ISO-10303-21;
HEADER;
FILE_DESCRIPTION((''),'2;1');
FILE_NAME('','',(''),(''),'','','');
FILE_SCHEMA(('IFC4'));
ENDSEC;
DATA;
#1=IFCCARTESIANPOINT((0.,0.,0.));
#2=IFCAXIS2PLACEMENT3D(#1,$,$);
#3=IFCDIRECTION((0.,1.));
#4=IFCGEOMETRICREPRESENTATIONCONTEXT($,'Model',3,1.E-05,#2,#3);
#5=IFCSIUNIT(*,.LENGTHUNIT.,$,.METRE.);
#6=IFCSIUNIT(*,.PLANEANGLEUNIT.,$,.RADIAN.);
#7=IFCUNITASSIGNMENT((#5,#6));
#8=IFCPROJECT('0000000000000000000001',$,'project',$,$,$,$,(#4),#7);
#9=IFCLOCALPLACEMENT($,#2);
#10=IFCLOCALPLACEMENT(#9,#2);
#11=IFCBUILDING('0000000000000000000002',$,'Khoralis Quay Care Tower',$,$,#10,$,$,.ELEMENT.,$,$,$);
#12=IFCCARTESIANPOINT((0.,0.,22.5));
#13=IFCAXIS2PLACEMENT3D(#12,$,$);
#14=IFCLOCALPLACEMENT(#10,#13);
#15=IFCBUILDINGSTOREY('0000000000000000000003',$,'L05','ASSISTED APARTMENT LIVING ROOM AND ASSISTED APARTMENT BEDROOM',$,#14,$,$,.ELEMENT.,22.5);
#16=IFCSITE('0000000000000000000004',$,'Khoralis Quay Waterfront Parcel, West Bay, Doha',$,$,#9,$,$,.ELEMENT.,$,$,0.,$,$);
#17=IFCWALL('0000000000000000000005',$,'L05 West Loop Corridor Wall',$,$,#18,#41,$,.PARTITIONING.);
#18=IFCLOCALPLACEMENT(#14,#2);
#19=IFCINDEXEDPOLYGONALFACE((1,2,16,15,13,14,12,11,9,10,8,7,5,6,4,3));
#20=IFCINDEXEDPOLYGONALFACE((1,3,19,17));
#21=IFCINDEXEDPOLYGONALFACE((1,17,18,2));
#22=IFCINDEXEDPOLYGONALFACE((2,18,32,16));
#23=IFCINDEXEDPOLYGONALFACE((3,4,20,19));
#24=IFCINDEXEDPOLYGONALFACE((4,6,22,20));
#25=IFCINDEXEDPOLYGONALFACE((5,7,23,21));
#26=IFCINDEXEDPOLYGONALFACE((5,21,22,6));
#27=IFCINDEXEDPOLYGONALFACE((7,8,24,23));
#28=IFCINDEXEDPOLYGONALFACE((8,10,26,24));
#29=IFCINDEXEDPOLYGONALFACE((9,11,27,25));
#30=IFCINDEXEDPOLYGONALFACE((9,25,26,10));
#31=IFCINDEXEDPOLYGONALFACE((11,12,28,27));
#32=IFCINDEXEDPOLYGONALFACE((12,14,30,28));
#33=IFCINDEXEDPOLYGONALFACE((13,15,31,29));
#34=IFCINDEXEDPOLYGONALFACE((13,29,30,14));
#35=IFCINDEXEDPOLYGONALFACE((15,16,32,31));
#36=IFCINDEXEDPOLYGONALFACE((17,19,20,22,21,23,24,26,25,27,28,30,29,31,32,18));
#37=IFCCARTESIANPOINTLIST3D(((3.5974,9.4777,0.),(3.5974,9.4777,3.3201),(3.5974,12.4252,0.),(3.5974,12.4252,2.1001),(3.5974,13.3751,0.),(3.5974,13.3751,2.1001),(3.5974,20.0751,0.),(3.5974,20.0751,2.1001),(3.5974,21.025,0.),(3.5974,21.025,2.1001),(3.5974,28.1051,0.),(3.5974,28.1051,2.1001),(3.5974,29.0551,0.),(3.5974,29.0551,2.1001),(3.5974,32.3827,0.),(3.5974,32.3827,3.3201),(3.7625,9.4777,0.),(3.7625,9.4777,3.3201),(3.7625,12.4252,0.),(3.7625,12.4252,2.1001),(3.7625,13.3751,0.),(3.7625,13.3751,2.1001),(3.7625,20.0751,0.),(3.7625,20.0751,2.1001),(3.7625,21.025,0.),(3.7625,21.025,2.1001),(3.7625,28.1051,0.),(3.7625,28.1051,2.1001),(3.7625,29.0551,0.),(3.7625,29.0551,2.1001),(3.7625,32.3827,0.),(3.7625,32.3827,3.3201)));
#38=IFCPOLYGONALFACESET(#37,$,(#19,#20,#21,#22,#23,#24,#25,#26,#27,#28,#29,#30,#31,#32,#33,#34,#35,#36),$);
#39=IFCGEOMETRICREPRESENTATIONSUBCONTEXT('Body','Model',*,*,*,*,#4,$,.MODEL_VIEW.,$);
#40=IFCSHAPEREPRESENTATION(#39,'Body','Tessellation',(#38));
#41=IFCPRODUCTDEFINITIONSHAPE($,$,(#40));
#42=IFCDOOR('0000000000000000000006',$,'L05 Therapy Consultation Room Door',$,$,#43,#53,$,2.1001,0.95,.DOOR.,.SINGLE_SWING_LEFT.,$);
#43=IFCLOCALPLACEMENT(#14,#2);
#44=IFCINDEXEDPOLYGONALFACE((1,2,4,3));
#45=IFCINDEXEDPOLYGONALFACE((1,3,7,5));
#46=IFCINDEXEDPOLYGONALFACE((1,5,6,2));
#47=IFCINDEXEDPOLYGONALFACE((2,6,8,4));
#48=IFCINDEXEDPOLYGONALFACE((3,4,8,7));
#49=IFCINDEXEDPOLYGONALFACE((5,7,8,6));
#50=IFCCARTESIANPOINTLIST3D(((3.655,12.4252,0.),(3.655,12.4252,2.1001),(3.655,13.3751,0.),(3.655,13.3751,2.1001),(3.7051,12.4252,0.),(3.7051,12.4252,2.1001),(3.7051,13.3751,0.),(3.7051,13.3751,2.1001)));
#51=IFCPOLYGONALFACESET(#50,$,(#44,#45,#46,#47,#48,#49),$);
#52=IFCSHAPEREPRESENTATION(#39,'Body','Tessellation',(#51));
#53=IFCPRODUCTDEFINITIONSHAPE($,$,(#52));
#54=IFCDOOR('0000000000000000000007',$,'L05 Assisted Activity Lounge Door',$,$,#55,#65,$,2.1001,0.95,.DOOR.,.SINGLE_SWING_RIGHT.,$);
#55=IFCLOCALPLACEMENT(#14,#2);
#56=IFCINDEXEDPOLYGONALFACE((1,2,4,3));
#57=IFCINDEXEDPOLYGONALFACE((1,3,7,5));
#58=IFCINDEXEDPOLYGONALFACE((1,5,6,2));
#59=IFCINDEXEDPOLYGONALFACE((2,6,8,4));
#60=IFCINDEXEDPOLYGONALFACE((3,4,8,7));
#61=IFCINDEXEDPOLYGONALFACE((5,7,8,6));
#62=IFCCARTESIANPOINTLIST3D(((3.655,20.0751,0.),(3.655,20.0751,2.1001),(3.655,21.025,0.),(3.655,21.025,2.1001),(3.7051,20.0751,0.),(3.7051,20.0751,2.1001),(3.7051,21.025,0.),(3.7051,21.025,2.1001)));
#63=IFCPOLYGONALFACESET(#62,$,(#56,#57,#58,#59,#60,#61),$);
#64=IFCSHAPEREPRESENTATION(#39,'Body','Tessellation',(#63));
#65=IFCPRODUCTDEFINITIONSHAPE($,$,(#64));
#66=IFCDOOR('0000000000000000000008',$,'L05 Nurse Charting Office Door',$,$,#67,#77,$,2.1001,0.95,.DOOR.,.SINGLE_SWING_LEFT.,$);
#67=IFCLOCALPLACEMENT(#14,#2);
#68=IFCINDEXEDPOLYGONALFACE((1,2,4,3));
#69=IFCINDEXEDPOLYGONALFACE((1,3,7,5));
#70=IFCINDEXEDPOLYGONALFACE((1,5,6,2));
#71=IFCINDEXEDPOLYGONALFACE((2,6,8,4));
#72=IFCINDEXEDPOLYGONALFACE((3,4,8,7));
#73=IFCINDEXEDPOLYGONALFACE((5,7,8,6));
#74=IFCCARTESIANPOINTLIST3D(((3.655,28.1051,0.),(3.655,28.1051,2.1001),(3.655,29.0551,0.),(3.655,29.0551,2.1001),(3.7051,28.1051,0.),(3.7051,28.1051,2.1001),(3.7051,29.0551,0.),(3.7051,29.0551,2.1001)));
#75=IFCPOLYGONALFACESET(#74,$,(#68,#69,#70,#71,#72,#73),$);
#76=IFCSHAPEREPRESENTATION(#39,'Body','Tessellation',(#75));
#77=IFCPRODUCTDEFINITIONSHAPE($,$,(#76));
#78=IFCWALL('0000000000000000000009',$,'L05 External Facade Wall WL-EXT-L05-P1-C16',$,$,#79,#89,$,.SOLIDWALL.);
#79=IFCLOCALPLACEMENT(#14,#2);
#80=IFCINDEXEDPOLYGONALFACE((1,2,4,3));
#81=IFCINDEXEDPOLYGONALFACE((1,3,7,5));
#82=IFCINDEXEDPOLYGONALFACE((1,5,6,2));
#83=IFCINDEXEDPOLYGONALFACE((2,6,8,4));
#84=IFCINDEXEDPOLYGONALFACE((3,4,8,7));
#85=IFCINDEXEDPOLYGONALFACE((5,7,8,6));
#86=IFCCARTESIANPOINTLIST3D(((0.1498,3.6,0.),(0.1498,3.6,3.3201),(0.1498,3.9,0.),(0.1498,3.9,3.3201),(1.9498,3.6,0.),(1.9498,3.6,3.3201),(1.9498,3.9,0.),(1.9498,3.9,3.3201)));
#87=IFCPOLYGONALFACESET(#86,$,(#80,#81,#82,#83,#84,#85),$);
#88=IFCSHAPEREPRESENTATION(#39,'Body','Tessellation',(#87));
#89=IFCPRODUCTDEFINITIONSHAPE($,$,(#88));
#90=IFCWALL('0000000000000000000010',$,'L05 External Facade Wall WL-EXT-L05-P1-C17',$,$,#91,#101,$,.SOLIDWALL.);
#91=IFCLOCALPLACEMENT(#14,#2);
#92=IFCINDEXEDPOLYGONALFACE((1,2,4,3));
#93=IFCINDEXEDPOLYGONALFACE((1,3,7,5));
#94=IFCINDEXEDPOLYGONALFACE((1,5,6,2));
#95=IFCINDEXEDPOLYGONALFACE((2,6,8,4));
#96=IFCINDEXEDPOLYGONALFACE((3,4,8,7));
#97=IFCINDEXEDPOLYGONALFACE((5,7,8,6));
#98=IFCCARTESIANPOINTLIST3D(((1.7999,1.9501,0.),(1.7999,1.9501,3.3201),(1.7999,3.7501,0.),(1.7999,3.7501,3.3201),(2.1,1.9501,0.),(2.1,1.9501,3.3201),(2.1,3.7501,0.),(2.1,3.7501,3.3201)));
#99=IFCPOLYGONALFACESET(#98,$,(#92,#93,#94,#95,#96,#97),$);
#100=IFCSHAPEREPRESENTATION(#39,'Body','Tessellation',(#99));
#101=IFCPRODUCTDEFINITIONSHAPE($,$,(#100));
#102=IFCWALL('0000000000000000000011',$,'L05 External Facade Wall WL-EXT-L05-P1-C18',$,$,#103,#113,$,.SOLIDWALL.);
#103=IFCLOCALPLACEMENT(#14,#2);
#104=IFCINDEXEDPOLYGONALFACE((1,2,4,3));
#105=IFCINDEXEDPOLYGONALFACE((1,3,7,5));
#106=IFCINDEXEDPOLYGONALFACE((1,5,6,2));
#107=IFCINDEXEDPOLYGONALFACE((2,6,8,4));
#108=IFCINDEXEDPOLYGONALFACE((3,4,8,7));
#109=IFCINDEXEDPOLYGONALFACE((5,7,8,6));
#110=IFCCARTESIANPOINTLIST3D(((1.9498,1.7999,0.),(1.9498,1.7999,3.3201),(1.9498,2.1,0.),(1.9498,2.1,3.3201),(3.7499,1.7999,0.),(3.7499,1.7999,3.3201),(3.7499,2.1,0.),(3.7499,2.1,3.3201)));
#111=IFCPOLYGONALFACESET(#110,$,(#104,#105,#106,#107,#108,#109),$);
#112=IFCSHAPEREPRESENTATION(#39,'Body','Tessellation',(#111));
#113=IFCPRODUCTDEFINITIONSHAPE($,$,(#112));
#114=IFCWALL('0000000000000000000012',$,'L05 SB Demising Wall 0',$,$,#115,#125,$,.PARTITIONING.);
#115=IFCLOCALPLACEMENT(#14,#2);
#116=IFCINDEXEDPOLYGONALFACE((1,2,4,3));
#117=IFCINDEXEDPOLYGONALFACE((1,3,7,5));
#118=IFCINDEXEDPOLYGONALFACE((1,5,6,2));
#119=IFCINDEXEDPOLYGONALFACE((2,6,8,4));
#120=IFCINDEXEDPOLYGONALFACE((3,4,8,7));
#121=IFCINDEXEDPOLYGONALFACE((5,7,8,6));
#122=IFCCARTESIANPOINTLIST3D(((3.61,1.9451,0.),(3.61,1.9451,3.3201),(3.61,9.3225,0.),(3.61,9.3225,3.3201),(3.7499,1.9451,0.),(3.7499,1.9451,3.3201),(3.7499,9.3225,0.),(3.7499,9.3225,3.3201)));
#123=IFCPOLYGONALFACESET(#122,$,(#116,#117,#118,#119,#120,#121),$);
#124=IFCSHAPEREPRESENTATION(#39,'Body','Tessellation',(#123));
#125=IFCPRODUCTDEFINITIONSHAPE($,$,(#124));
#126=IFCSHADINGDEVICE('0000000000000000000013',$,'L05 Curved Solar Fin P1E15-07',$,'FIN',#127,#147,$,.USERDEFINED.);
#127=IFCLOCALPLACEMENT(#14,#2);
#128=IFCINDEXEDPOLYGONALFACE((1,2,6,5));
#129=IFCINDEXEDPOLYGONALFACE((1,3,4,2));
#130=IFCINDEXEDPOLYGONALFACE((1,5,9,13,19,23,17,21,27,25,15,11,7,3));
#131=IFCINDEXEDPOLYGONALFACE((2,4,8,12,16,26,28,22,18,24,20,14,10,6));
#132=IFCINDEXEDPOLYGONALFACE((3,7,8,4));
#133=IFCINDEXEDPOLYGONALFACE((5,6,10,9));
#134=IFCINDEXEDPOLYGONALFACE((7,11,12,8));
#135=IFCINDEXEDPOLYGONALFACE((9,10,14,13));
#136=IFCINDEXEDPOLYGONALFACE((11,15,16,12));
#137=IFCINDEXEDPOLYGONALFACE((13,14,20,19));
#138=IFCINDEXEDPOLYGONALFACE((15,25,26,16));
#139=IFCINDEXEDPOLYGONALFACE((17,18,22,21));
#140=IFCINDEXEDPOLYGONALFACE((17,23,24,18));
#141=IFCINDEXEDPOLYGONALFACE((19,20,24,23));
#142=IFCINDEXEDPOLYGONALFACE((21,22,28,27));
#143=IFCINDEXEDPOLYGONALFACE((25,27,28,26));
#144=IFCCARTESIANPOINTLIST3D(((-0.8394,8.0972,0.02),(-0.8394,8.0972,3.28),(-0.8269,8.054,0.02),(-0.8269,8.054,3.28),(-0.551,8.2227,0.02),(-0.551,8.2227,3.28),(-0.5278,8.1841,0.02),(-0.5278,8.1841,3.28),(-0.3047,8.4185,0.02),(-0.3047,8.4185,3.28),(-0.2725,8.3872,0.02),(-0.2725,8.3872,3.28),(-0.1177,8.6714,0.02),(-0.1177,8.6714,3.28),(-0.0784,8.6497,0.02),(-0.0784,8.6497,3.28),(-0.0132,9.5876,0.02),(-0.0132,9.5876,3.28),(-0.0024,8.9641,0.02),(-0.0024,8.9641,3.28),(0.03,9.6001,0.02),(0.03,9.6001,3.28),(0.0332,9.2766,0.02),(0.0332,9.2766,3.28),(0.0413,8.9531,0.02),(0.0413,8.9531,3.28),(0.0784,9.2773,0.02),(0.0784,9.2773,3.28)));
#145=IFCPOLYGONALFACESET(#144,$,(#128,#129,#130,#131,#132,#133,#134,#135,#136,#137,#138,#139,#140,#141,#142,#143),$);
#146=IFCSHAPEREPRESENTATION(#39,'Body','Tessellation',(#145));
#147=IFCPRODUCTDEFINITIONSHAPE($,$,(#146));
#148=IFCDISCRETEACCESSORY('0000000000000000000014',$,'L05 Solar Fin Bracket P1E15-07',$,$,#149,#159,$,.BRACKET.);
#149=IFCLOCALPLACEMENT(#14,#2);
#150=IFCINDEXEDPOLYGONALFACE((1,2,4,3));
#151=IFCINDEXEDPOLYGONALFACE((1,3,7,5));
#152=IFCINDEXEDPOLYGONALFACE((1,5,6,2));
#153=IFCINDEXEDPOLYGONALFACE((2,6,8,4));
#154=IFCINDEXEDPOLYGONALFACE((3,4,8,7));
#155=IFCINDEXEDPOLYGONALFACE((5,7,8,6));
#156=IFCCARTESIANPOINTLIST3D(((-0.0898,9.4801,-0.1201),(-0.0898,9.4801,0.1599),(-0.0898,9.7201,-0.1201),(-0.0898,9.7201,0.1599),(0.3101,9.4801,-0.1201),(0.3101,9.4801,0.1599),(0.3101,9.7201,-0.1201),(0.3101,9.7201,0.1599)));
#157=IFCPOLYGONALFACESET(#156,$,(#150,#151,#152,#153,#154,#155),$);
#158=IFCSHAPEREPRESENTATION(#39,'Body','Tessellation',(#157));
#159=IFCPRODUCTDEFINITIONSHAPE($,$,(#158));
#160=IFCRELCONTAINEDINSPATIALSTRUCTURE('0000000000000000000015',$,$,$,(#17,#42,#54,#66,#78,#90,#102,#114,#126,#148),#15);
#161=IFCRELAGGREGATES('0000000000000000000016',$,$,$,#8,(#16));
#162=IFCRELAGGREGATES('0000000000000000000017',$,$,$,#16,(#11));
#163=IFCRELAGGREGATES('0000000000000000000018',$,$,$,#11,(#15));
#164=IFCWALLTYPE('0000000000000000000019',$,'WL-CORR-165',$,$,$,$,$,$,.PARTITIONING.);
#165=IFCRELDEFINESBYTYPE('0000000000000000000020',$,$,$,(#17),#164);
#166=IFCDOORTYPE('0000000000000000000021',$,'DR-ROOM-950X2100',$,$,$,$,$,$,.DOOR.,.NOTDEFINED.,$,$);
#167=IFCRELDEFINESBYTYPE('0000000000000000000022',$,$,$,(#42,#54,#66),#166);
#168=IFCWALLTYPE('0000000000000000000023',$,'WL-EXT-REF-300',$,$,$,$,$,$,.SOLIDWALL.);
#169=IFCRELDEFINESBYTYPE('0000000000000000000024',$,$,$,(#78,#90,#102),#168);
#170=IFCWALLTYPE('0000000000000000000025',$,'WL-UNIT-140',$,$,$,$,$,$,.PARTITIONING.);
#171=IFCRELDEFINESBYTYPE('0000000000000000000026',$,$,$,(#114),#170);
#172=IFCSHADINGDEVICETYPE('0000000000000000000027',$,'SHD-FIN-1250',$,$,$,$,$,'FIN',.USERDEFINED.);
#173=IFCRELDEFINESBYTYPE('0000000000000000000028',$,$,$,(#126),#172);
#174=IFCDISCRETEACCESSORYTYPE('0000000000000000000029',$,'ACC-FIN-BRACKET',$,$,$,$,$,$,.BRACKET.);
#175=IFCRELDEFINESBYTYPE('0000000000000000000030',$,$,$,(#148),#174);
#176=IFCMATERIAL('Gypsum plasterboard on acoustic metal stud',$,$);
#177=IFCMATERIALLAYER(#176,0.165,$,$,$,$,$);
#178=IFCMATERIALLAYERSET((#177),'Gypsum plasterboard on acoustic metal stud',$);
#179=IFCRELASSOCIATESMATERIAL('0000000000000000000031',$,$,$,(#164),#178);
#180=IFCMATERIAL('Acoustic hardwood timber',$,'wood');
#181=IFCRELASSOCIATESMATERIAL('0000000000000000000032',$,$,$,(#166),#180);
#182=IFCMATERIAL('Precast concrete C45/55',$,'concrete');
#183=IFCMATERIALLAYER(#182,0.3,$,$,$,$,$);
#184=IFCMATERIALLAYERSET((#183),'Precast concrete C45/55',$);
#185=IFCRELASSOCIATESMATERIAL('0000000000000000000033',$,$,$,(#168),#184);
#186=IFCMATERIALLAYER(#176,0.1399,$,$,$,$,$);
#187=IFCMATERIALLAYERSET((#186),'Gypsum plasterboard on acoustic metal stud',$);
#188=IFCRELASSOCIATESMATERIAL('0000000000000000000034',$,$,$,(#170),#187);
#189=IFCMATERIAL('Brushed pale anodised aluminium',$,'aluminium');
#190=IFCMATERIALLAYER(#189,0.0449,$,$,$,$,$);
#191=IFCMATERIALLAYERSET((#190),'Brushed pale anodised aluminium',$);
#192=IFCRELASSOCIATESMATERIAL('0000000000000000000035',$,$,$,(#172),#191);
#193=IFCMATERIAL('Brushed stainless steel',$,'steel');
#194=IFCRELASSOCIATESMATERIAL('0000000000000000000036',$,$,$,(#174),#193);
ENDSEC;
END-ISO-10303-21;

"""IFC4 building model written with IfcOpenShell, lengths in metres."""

from ifc_helpers import new_model, si_unit, direction, frame, frame_2d, origin, origin_2d, place, context, subcontext, project, spatial, polyline, rectangle, outline, extrude, source, transform, mapped, material, layer, layer_set, type_object, element, fill, save


model = new_model("IFC4")

# Units and contexts
model_context = context("Model", 3, precision=1e-05, world=origin(), true_north=direction((0.0, 1.0)))
body_context = subcontext(model_context, "Body", "Model", "MODEL_VIEW")
ifc_project = project(units=[si_unit("LENGTHUNIT", "METRE"), si_unit("PLANEANGLEUNIT", "RADIAN")], contexts=[model_context])

# Site, building, storey
site_placement = place(None, origin())
site = spatial("IfcSite", under=ifc_project, at=site_placement, Name="Khoralis Quay Waterfront Parcel, West Bay, Doha", CompositionType="ELEMENT", RefElevation=0.0)
building_placement = place(site_placement, origin())
building = spatial("IfcBuilding", under=site, at=building_placement, Name="Khoralis Quay Care Tower", CompositionType="ELEMENT")
storey_placement = place(building_placement, frame((0.0, 0.0, 22.5)))
storey = spatial("IfcBuildingStorey", under=building, at=storey_placement, Name="L05", Description="ASSISTED APARTMENT LIVING ROOM AND ASSISTED APARTMENT BEDROOM", CompositionType="ELEMENT", Elevation=22.5)

# Wall, openings, doors
ifc_material_1 = material(Name="Gypsum plasterboard on acoustic metal stud")
ifc_layer_1 = layer(ifc_material_1, 0.165)
ifc_layer_set_1 = layer_set([ifc_layer_1], Name="Gypsum plasterboard on acoustic metal stud")
wall_type_1 = type_object("IfcWallType", Name="WL-CORR-165", PredefinedType="PARTITIONING", material=ifc_layer_set_1)
ifc_material_2 = material(Name="Acoustic hardwood timber", Category="wood")
door_type_1 = type_object("IfcDoorType", Name="DR-ROOM-950X2100", OperationType="NOTDEFINED", PredefinedType="DOOR", material=ifc_material_2)
shared_shape_1 = source(origin(), body_context, "Body", "SweptSolid", [
    extrude(rectangle(XDim=0.95, YDim=2.1001, at=frame_2d((0.4751, 1.05))), frame((0.0, 0.0249, 0.0), z_axis=(0.0, -1.0, 0.0), x_axis=(1.0, 0.0, 0.0)), (0.0, 0.0, 1.0), 0.05),
])
wall_1_placement = place(storey_placement, frame((3.6799, 9.4775, 0.0), z_axis=(0.0, 0.0, 1.0), x_axis=(0.0, 1.0, 0.0)))
wall_1 = element("IfcWall", 1, at=wall_1_placement, inside=storey, type_object=wall_type_1, Name="L05 West Loop Corridor Wall", PredefinedType="PARTITIONING", context=body_context, shape_type="SweptSolid", body=[
    extrude(rectangle(XDim=22.905, YDim=0.165, at=frame_2d((11.4526, 0.0))), origin(), (0.0, 0.0, 1.0), 3.3201),
])
opening_1_placement = place(wall_1_placement, frame((2.9475, 0.0, 0.0)))
opening_1 = element("IfcOpeningElement", 2, at=opening_1_placement, cuts=wall_1, PredefinedType="OPENING", context=body_context, shape_type="SweptSolid", body=[
    extrude(rectangle(XDim=0.95, YDim=2.1001, at=frame_2d((0.4751, 1.05))), frame((0.0, 0.0925, 0.0), z_axis=(0.0, -1.0, 0.0), x_axis=(1.0, 0.0, 0.0)), (0.0, 0.0, 1.0), 0.1851),
])
opening_2_placement = place(wall_1_placement, frame((10.5974, 0.0, 0.0)))
opening_2 = element("IfcOpeningElement", 3, at=opening_2_placement, cuts=wall_1, PredefinedType="OPENING", context=body_context, shape_type="SweptSolid", body=[
    extrude(rectangle(XDim=0.95, YDim=2.1001, at=frame_2d((0.4751, 1.05))), frame((0.0, 0.0925, 0.0), z_axis=(0.0, -1.0, 0.0), x_axis=(1.0, 0.0, 0.0)), (0.0, 0.0, 1.0), 0.1851),
])
opening_3_placement = place(wall_1_placement, frame((18.6274, 0.0, 0.0)))
opening_3 = element("IfcOpeningElement", 4, at=opening_3_placement, cuts=wall_1, PredefinedType="OPENING", context=body_context, shape_type="SweptSolid", body=[
    extrude(rectangle(XDim=0.95, YDim=2.1001, at=frame_2d((0.4751, 1.05))), frame((0.0, 0.0925, 0.0), z_axis=(0.0, -1.0, 0.0), x_axis=(1.0, 0.0, 0.0)), (0.0, 0.0, 1.0), 0.1851),
])
door_1_placement = place(opening_1_placement, origin())
door_1 = element("IfcDoor", 5, at=door_1_placement, inside=storey, type_object=door_type_1, Name="L05 Therapy Consultation Room Door", OperationType="SINGLE_SWING_LEFT", OverallHeight=2.1001, OverallWidth=0.95, PredefinedType="DOOR", context=body_context, shape_type="MappedRepresentation", body=[
    mapped(shared_shape_1, transform((0.0, 0.0, 0.0), scale=1.0)),
])
fill(opening_1, door_1)
door_2_placement = place(opening_2_placement, origin())
door_2 = element("IfcDoor", 6, at=door_2_placement, inside=storey, type_object=door_type_1, Name="L05 Assisted Activity Lounge Door", OperationType="SINGLE_SWING_RIGHT", OverallHeight=2.1001, OverallWidth=0.95, PredefinedType="DOOR", context=body_context, shape_type="MappedRepresentation", body=[
    mapped(shared_shape_1, transform((0.0, 0.0, 0.0), scale=1.0)),
])
fill(opening_2, door_2)
door_3_placement = place(opening_3_placement, origin())
door_3 = element("IfcDoor", 7, at=door_3_placement, inside=storey, type_object=door_type_1, Name="L05 Nurse Charting Office Door", OperationType="SINGLE_SWING_LEFT", OverallHeight=2.1001, OverallWidth=0.95, PredefinedType="DOOR", context=body_context, shape_type="MappedRepresentation", body=[
    mapped(shared_shape_1, transform((0.0, 0.0, 0.0), scale=1.0)),
])
fill(opening_3, door_3)

# Walls
ifc_material_3 = material(Name="Precast concrete C45/55", Category="concrete")
ifc_layer_2 = layer(ifc_material_3, 0.3)
ifc_layer_set_2 = layer_set([ifc_layer_2], Name="Precast concrete C45/55")
wall_type_2 = type_object("IfcWallType", Name="WL-EXT-REF-300", PredefinedType="SOLIDWALL", material=ifc_layer_set_2)
for number, where, z_axis, x_axis, name in (
    (8, (0.1499, 3.75, 0.0), (0.0, 0.0, 1.0), (1.0, 0.0, 0.0), "L05 External Facade Wall WL-EXT-L05-P1-C16"),
    (9, (1.95, 3.75, 0.0), (0.0, 0.0, 1.0), (0.0, -1.0, 0.0), "L05 External Facade Wall WL-EXT-L05-P1-C17"),
    (10, (1.95, 1.95, 0.0), (0.0, 0.0, 1.0), (1.0, 0.0, 0.0), "L05 External Facade Wall WL-EXT-L05-P1-C18"),
):
    element("IfcWall", number, at=place(storey_placement, frame(where, z_axis=z_axis, x_axis=x_axis)), inside=storey, type_object=wall_type_2, Name=name, PredefinedType="SOLIDWALL", context=body_context, shape_type="SweptSolid", body=[
        extrude(rectangle(XDim=1.8, YDim=0.3, at=frame_2d((0.8999, 0.0))), origin(), (0.0, 0.0, 1.0), 3.3201),
    ])
ifc_layer_3 = layer(ifc_material_1, 0.1399)
ifc_layer_set_3 = layer_set([ifc_layer_3], Name="Gypsum plasterboard on acoustic metal stud")
wall_type_3 = type_object("IfcWallType", Name="WL-UNIT-140", PredefinedType="PARTITIONING", material=ifc_layer_set_3)
wall_2_placement = place(storey_placement, frame((3.6799, 1.9451, 0.0), z_axis=(0.0, 0.0, 1.0), x_axis=(0.0, 1.0, 0.0)))
element("IfcWall", 11, at=wall_2_placement, inside=storey, type_object=wall_type_3, Name="L05 SB Demising Wall 0", PredefinedType="PARTITIONING", context=body_context, shape_type="SweptSolid", body=[
    extrude(rectangle(XDim=7.3774, YDim=0.1399, at=frame_2d((3.6887, 0.0))), origin(), (0.0, 0.0, 1.0), 3.3201),
])

# Shading device
ifc_material_4 = material(Name="Brushed pale anodised aluminium", Category="aluminium")
ifc_layer_4 = layer(ifc_material_4, 0.0449)
ifc_layer_set_4 = layer_set([ifc_layer_4], Name="Brushed pale anodised aluminium")
shading_device_type = type_object("IfcShadingDeviceType", Name="SHD-FIN-1250", ElementType="FIN", PredefinedType="USERDEFINED", material=ifc_layer_set_4)
shared_shape_2 = source(origin(), body_context, "Body", "SweptSolid", [
    extrude(outline(polyline([(0.0, 0.0), (-0.0483, 0.3228), (-0.0112, 0.647), (0.1084, 0.9504), (0.3025, 1.2129), (0.5579, 1.416), (0.8569, 1.5461), (0.8694, 1.5029), (0.5811, 1.3774), (0.3347, 1.1816), (0.1477, 0.9287), (0.0325, 0.636), (-0.0032, 0.3235), (0.0432, 0.0125), (0.0, 0.0)])), origin(), (0.0, 0.0, 1.0), 3.26),
])
shading_device_placement = place(storey_placement, frame((0.03, 9.6001, 0.02), z_axis=(0.0, 0.0, 1.0), x_axis=(-1.0, 0.0, 0.0)))
element("IfcShadingDevice", 12, at=shading_device_placement, inside=storey, type_object=shading_device_type, Name="L05 Curved Solar Fin P1E15-07", ObjectType="FIN", PredefinedType="USERDEFINED", context=body_context, shape_type="MappedRepresentation", body=[
    mapped(shared_shape_2, transform((0.0, 0.0, 0.0), scale=1.0)),
])

# Discrete accessory
ifc_material_5 = material(Name="Brushed stainless steel", Category="steel")
discrete_accessory_type = type_object("IfcDiscreteAccessoryType", Name="ACC-FIN-BRACKET", PredefinedType="BRACKET", material=ifc_material_5)
shared_shape_3 = source(origin(), body_context, "Body", "SweptSolid", [
    extrude(rectangle(XDim=0.3999, YDim=0.24, at=origin_2d()), origin(), (0.0, 0.0, 1.0), 0.28),
])
discrete_accessory_placement = place(storey_placement, frame((0.1101, 9.6001, -0.1201), z_axis=(0.0, 0.0, 1.0), x_axis=(-1.0, 0.0, 0.0)))
element("IfcDiscreteAccessory", 13, at=discrete_accessory_placement, inside=storey, type_object=discrete_accessory_type, Name="L05 Solar Fin Bracket P1E15-07", PredefinedType="BRACKET", context=body_context, shape_type="MappedRepresentation", body=[
    mapped(shared_shape_3, transform((0.0, 0.0, 0.0), scale=1.0)),
])

save(model, "model.ifc")
